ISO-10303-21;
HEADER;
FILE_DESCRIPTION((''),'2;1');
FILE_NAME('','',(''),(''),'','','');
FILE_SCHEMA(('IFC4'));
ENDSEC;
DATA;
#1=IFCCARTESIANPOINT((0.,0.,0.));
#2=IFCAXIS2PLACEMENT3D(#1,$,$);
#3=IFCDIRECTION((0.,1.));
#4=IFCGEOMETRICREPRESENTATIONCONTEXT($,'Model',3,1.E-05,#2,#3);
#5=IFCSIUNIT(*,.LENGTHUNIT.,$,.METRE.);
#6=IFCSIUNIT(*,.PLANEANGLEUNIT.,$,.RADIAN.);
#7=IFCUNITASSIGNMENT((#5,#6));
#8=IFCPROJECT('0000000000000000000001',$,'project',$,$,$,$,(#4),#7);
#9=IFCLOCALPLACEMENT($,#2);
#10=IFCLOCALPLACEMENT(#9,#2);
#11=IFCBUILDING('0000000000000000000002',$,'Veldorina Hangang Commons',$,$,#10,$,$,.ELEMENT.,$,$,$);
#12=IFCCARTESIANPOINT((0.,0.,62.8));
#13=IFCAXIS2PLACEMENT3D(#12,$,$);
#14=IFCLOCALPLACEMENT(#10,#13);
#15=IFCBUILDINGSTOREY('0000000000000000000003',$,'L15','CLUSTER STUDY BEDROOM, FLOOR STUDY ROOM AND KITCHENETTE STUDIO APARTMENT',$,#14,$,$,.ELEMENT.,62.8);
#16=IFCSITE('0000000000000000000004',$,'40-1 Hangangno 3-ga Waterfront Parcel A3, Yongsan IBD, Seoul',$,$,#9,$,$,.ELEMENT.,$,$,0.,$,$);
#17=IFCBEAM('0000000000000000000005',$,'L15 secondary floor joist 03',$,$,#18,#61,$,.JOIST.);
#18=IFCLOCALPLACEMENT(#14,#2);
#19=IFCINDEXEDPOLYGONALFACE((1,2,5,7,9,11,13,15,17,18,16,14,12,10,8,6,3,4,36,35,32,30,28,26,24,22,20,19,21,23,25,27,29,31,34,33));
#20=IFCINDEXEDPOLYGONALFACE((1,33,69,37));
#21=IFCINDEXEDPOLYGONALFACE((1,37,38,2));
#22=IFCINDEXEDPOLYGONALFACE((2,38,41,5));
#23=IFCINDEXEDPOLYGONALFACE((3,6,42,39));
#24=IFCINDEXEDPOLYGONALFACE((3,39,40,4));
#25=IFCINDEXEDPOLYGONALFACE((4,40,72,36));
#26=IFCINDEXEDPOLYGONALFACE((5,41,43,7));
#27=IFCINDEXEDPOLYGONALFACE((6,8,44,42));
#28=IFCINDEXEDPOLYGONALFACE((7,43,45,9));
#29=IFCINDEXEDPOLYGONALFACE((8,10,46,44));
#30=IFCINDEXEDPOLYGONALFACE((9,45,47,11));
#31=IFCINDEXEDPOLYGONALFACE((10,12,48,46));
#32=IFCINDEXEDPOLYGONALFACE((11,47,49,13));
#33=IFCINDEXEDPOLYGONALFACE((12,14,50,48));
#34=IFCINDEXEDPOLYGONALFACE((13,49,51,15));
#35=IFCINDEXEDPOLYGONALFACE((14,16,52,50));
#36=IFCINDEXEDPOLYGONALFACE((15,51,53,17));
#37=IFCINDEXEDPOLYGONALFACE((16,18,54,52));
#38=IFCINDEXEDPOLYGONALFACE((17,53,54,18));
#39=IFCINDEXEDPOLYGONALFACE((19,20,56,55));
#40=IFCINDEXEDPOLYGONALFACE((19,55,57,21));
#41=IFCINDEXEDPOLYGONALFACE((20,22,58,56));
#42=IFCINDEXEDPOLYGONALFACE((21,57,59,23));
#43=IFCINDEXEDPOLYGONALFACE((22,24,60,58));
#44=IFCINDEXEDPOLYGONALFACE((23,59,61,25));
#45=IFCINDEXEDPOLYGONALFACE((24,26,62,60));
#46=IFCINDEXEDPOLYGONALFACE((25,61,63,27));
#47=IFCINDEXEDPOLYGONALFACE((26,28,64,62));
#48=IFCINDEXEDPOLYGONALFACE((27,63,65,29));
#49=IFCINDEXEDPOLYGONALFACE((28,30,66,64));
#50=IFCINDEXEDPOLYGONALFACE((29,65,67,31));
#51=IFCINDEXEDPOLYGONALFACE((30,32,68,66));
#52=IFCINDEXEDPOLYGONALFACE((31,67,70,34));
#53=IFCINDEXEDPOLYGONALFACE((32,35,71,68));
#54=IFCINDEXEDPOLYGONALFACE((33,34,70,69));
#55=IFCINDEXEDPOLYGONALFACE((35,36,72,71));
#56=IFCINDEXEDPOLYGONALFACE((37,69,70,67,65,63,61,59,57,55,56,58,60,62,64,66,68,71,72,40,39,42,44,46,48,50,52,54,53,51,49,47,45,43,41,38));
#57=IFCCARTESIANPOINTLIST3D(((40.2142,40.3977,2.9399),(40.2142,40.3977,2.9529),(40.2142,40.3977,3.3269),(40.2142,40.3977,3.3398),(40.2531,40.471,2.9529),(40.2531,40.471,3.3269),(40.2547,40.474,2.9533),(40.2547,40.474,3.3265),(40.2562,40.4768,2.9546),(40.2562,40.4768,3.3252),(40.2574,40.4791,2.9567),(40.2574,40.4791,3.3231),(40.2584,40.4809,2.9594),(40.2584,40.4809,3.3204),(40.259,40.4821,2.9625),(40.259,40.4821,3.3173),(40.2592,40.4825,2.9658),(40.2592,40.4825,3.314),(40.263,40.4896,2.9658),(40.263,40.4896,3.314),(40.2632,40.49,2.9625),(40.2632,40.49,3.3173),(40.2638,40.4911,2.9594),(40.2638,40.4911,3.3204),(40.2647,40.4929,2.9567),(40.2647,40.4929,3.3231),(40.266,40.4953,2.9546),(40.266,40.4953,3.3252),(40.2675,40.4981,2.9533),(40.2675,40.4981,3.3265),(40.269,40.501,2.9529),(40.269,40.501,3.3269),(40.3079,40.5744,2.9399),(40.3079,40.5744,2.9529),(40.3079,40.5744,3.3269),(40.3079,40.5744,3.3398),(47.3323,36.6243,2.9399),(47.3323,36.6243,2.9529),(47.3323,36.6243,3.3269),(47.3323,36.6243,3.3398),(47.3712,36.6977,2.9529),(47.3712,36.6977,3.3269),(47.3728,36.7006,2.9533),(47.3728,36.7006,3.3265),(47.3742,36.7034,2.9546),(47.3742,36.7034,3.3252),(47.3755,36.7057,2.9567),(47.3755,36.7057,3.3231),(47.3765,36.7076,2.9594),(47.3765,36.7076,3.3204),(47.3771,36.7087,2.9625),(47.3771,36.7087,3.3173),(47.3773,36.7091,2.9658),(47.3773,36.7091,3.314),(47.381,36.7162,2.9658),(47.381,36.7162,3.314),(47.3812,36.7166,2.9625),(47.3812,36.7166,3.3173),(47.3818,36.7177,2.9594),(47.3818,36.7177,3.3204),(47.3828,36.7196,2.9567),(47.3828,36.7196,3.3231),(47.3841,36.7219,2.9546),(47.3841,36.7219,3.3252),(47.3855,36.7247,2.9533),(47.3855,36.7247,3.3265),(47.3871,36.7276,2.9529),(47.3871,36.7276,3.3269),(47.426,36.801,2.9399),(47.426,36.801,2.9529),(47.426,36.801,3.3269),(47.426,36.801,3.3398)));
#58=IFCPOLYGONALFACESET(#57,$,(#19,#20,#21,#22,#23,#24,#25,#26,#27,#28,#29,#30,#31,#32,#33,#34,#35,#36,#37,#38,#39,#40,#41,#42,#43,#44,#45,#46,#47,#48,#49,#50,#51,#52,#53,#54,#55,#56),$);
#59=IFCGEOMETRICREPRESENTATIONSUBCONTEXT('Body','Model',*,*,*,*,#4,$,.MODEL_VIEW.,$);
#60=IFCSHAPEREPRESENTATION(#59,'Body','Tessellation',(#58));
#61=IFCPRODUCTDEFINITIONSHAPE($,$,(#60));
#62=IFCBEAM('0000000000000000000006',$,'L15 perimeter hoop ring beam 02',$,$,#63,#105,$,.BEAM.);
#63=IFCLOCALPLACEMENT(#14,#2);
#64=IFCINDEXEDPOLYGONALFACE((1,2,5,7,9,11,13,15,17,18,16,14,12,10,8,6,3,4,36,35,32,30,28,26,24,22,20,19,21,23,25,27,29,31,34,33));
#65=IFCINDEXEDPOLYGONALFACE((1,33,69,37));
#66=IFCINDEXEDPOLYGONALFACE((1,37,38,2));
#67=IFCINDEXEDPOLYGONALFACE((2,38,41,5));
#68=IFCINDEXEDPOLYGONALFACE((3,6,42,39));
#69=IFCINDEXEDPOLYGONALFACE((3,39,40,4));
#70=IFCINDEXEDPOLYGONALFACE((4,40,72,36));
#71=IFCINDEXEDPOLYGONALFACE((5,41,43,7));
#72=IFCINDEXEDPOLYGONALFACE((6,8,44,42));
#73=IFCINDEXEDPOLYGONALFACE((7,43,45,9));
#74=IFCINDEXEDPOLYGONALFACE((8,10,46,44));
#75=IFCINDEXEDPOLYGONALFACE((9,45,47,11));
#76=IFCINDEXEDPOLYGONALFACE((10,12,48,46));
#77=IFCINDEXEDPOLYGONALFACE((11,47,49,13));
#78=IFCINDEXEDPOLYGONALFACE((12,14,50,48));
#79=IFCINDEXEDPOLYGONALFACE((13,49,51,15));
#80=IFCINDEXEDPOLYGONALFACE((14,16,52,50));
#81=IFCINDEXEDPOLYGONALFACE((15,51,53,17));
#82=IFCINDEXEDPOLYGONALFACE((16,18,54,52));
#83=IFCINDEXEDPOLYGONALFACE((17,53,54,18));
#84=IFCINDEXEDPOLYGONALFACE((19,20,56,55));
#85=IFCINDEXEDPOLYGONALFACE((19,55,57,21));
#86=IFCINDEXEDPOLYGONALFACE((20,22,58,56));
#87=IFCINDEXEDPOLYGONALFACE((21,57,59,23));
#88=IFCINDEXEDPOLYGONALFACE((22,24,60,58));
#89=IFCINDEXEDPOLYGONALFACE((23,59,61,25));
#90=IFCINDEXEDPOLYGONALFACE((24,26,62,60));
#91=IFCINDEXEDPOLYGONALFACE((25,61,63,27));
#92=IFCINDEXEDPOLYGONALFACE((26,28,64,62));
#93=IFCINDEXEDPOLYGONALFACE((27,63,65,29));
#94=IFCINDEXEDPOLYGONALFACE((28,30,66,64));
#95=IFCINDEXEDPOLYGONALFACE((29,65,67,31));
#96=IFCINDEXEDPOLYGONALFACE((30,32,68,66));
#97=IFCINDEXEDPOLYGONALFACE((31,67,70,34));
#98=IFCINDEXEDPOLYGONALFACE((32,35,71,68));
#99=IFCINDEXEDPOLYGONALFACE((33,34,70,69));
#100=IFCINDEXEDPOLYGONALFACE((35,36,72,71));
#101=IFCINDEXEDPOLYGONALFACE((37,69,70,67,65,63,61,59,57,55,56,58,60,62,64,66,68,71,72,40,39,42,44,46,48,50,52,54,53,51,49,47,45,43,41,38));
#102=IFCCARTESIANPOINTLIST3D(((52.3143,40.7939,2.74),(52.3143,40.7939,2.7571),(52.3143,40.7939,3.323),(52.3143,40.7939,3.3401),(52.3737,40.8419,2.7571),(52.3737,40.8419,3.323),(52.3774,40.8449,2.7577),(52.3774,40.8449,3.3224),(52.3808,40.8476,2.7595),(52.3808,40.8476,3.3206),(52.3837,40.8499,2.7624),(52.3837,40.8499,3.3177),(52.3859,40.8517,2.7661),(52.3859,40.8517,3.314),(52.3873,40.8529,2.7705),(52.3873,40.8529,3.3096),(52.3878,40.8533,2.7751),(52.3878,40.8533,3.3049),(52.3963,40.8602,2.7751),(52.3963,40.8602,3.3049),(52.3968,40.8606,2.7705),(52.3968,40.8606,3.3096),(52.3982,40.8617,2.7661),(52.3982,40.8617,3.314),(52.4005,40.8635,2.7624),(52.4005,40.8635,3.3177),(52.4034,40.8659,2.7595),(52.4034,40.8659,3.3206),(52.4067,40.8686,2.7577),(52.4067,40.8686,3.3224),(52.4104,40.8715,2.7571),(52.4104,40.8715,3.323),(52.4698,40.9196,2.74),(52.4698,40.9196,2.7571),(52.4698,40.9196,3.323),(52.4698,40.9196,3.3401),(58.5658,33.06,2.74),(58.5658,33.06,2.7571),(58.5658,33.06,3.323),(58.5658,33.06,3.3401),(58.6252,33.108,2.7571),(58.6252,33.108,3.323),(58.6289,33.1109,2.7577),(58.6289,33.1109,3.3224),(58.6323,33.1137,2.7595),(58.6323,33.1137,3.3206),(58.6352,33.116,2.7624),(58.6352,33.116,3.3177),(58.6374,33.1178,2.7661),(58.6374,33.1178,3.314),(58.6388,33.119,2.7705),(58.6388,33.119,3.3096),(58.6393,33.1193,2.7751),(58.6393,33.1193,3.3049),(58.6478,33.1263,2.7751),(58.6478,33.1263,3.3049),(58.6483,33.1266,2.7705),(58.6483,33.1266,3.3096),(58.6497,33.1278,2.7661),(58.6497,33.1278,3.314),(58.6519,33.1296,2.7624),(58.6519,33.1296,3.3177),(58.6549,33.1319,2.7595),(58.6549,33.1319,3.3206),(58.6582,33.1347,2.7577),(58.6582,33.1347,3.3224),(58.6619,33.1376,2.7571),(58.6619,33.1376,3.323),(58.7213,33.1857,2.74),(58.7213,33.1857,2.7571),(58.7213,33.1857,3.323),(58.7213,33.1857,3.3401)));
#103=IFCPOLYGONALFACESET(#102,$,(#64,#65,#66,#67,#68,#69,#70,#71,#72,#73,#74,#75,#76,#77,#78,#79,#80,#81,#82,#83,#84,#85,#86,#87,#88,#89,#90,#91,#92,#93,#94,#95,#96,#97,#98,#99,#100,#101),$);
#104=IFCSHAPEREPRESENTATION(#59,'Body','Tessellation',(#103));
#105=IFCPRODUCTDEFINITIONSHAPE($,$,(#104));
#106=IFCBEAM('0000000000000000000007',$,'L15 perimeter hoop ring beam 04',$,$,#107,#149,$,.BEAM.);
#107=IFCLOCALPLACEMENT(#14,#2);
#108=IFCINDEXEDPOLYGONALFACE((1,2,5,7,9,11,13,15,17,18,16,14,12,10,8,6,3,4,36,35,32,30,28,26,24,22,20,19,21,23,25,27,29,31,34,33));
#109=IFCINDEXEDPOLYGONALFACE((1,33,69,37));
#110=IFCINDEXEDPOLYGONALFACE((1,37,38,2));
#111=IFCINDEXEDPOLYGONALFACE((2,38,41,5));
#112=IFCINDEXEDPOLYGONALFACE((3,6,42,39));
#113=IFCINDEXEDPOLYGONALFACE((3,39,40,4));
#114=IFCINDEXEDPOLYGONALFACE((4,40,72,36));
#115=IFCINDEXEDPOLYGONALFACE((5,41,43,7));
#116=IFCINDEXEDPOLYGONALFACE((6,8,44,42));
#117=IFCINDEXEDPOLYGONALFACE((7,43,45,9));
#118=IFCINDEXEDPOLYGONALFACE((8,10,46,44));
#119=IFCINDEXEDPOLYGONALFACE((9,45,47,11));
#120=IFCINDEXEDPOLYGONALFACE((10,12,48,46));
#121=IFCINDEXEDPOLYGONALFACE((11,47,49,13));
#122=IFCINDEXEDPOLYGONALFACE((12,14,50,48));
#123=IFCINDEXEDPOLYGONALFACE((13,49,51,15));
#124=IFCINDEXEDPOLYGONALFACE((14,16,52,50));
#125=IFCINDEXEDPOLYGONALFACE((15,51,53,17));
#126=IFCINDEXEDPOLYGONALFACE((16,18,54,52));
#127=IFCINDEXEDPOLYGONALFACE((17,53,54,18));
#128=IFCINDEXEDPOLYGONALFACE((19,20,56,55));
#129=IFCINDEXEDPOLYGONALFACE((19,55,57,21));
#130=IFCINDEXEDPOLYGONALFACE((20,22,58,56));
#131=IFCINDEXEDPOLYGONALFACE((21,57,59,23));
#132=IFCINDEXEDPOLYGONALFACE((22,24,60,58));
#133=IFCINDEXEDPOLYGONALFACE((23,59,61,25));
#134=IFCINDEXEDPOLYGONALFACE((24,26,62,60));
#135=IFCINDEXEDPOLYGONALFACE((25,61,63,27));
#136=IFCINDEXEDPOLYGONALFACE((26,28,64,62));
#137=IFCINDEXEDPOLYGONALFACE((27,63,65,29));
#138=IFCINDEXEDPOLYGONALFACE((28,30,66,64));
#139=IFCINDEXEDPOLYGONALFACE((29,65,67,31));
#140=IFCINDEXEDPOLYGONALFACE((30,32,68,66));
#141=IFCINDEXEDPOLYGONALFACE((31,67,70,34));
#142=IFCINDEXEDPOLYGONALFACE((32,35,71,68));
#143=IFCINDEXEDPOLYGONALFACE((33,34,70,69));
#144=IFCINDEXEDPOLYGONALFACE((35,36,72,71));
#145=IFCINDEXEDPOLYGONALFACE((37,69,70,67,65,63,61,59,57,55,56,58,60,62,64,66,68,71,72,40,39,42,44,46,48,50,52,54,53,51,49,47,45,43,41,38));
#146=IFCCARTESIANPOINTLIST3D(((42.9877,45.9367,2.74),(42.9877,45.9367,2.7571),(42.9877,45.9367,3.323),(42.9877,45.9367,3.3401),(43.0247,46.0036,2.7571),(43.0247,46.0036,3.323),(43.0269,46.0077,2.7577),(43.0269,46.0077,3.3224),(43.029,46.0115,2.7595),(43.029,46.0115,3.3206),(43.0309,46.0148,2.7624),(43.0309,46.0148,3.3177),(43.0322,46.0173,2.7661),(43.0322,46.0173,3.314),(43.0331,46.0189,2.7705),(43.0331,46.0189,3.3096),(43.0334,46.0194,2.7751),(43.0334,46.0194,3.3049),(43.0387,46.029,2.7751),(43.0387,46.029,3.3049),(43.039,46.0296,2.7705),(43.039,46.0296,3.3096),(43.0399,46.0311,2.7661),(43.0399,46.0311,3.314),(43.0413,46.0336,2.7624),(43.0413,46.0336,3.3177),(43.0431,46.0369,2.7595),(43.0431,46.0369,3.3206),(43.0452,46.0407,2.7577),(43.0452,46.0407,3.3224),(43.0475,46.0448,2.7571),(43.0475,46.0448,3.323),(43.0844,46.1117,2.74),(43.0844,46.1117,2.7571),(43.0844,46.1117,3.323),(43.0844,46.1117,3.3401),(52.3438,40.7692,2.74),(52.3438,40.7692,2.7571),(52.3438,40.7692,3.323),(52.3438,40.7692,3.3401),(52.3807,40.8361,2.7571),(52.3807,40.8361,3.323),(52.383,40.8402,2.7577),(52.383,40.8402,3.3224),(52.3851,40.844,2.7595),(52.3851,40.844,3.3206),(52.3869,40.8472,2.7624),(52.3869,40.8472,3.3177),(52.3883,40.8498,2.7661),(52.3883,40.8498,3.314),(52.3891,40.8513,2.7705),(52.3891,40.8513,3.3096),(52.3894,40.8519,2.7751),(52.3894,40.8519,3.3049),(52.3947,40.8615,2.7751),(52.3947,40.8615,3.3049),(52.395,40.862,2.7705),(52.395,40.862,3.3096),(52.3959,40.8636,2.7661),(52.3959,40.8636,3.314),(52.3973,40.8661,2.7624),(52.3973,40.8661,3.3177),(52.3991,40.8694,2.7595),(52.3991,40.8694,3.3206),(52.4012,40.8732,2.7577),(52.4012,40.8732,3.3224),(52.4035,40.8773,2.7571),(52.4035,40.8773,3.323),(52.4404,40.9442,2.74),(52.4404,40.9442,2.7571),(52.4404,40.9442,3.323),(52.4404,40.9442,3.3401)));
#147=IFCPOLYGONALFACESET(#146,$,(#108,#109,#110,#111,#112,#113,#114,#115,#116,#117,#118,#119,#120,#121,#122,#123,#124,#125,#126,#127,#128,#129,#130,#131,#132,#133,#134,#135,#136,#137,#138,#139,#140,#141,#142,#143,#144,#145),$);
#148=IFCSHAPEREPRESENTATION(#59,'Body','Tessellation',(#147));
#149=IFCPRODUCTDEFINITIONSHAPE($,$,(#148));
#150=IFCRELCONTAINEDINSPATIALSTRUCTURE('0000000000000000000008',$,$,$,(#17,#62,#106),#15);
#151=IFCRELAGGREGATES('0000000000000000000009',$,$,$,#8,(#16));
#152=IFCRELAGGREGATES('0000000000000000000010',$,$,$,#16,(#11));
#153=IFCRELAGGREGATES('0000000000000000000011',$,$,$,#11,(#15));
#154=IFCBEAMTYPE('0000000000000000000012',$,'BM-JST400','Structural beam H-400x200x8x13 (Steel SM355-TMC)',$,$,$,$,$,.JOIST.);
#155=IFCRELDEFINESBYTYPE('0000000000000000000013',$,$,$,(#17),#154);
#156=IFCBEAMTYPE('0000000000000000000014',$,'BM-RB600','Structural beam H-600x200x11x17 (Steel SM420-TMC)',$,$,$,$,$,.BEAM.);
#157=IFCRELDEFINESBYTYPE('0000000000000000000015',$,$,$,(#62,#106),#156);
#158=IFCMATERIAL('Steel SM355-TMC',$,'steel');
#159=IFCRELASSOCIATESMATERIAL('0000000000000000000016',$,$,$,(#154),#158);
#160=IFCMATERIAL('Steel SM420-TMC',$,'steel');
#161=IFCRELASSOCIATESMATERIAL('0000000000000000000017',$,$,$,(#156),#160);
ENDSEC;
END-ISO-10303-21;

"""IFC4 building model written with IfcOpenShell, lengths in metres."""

from ifc_helpers import new_model, si_unit, direction, frame, origin, origin_2d, place, context, subcontext, project, spatial, i_section, extrude, material, material_profile, profile_set, type_object, element, save


model = new_model("IFC4")

# Units and contexts
model_context = context("Model", 3, precision=1e-05, world=origin(), true_north=direction((0.0, 1.0)))
body_context = subcontext(model_context, "Body", "Model", "MODEL_VIEW")
ifc_project = project(units=[si_unit("LENGTHUNIT", "METRE"), si_unit("PLANEANGLEUNIT", "RADIAN")], contexts=[model_context])

# Site, building, storey
site_placement = place(None, origin())
site = spatial("IfcSite", under=ifc_project, at=site_placement, Name="40-1 Hangangno 3-ga Waterfront Parcel A3, Yongsan IBD, Seoul", CompositionType="ELEMENT", RefElevation=0.0)
building_placement = place(site_placement, origin())
building = spatial("IfcBuilding", under=site, at=building_placement, Name="Veldorina Hangang Commons", CompositionType="ELEMENT")
storey_placement = place(building_placement, frame((0.0, 0.0, 62.8)))
storey = spatial("IfcBuildingStorey", under=building, at=storey_placement, Name="L15", Description="CLUSTER STUDY BEDROOM, FLOOR STUDY ROOM AND KITCHENETTE STUDIO APARTMENT", CompositionType="ELEMENT", Elevation=62.8)

# Beams
ifc_material_1 = material(Name="Steel SM355-TMC", Category="steel")
ifc_material_profile_1 = material_profile(ifc_material_1, i_section(OverallWidth=0.2, OverallDepth=0.3999, WebThickness=0.0081, FlangeThickness=0.0129, FilletRadius=0.0129, at=origin_2d()), Name="H-400x200x8x13")
ifc_profile_set_1 = profile_set([ifc_material_profile_1], Name="Steel SM355-TMC")
beam_type_1 = type_object("IfcBeamType", Name="BM-JST400", Description="Structural beam H-400x200x8x13 (Steel SM355-TMC)", PredefinedType="JOIST", material=ifc_profile_set_1)
beam_1_placement = place(storey_placement, frame((47.3792, 36.7126, 3.1399), z_axis=(-0.883531, 0.468372, 0.0), x_axis=(-0.468372, -0.883531, 0.0)))
element("IfcBeam", 1, at=beam_1_placement, inside=storey, type_object=beam_type_1, Name="L15 secondary floor joist 03", PredefinedType="JOIST", context=body_context, shape_type="SweptSolid", body=[
    extrude(i_section(OverallWidth=0.2, OverallDepth=0.3999, WebThickness=0.0081, FlangeThickness=0.0129, FilletRadius=0.0129, at=origin_2d()), origin(), (0.0, 0.0, 1.0), 8.0564),
])
ifc_material_2 = material(Name="Steel SM420-TMC", Category="steel")
ifc_material_profile_2 = material_profile(ifc_material_2, i_section(OverallWidth=0.2, OverallDepth=0.6001, WebThickness=0.011, FlangeThickness=0.0171, FilletRadius=0.0181, at=origin_2d()), Name="H-600x200x11x17")
ifc_profile_set_2 = profile_set([ifc_material_profile_2], Name="Steel SM420-TMC")
beam_type_2 = type_object("IfcBeamType", Name="BM-RB600", Description="Structural beam H-600x200x11x17 (Steel SM420-TMC)", PredefinedType="BEAM", material=ifc_profile_set_2)
beam_2_placement = place(storey_placement, frame((58.6436, 33.1228, 3.04), z_axis=(-0.628633, 0.777702, 0.0), x_axis=(-0.777702, -0.628633, 0.0)))
element("IfcBeam", 2, at=beam_2_placement, inside=storey, type_object=beam_type_2, Name="L15 perimeter hoop ring beam 02", PredefinedType="BEAM", context=body_context, shape_type="SweptSolid", body=[
    extrude(i_section(OverallWidth=0.2, OverallDepth=0.6001, WebThickness=0.011, FlangeThickness=0.0171, FilletRadius=0.0181, at=origin_2d()), origin(), (0.0, 0.0, 1.0), 9.9446),
])
beam_3_placement = place(storey_placement, frame((52.3921, 40.8567, 3.04), z_axis=(-0.875357, 0.483477, 0.0), x_axis=(-0.483477, -0.875357, 0.0)))
element("IfcBeam", 3, at=beam_3_placement, inside=storey, type_object=beam_type_2, Name="L15 perimeter hoop ring beam 04", PredefinedType="BEAM", context=body_context, shape_type="SweptSolid", body=[
    extrude(i_section(OverallWidth=0.2, OverallDepth=0.6001, WebThickness=0.011, FlangeThickness=0.0171, FilletRadius=0.0181, at=origin_2d()), origin(), (0.0, 0.0, 1.0), 10.6882),
])

save(model, "model.ifc")
